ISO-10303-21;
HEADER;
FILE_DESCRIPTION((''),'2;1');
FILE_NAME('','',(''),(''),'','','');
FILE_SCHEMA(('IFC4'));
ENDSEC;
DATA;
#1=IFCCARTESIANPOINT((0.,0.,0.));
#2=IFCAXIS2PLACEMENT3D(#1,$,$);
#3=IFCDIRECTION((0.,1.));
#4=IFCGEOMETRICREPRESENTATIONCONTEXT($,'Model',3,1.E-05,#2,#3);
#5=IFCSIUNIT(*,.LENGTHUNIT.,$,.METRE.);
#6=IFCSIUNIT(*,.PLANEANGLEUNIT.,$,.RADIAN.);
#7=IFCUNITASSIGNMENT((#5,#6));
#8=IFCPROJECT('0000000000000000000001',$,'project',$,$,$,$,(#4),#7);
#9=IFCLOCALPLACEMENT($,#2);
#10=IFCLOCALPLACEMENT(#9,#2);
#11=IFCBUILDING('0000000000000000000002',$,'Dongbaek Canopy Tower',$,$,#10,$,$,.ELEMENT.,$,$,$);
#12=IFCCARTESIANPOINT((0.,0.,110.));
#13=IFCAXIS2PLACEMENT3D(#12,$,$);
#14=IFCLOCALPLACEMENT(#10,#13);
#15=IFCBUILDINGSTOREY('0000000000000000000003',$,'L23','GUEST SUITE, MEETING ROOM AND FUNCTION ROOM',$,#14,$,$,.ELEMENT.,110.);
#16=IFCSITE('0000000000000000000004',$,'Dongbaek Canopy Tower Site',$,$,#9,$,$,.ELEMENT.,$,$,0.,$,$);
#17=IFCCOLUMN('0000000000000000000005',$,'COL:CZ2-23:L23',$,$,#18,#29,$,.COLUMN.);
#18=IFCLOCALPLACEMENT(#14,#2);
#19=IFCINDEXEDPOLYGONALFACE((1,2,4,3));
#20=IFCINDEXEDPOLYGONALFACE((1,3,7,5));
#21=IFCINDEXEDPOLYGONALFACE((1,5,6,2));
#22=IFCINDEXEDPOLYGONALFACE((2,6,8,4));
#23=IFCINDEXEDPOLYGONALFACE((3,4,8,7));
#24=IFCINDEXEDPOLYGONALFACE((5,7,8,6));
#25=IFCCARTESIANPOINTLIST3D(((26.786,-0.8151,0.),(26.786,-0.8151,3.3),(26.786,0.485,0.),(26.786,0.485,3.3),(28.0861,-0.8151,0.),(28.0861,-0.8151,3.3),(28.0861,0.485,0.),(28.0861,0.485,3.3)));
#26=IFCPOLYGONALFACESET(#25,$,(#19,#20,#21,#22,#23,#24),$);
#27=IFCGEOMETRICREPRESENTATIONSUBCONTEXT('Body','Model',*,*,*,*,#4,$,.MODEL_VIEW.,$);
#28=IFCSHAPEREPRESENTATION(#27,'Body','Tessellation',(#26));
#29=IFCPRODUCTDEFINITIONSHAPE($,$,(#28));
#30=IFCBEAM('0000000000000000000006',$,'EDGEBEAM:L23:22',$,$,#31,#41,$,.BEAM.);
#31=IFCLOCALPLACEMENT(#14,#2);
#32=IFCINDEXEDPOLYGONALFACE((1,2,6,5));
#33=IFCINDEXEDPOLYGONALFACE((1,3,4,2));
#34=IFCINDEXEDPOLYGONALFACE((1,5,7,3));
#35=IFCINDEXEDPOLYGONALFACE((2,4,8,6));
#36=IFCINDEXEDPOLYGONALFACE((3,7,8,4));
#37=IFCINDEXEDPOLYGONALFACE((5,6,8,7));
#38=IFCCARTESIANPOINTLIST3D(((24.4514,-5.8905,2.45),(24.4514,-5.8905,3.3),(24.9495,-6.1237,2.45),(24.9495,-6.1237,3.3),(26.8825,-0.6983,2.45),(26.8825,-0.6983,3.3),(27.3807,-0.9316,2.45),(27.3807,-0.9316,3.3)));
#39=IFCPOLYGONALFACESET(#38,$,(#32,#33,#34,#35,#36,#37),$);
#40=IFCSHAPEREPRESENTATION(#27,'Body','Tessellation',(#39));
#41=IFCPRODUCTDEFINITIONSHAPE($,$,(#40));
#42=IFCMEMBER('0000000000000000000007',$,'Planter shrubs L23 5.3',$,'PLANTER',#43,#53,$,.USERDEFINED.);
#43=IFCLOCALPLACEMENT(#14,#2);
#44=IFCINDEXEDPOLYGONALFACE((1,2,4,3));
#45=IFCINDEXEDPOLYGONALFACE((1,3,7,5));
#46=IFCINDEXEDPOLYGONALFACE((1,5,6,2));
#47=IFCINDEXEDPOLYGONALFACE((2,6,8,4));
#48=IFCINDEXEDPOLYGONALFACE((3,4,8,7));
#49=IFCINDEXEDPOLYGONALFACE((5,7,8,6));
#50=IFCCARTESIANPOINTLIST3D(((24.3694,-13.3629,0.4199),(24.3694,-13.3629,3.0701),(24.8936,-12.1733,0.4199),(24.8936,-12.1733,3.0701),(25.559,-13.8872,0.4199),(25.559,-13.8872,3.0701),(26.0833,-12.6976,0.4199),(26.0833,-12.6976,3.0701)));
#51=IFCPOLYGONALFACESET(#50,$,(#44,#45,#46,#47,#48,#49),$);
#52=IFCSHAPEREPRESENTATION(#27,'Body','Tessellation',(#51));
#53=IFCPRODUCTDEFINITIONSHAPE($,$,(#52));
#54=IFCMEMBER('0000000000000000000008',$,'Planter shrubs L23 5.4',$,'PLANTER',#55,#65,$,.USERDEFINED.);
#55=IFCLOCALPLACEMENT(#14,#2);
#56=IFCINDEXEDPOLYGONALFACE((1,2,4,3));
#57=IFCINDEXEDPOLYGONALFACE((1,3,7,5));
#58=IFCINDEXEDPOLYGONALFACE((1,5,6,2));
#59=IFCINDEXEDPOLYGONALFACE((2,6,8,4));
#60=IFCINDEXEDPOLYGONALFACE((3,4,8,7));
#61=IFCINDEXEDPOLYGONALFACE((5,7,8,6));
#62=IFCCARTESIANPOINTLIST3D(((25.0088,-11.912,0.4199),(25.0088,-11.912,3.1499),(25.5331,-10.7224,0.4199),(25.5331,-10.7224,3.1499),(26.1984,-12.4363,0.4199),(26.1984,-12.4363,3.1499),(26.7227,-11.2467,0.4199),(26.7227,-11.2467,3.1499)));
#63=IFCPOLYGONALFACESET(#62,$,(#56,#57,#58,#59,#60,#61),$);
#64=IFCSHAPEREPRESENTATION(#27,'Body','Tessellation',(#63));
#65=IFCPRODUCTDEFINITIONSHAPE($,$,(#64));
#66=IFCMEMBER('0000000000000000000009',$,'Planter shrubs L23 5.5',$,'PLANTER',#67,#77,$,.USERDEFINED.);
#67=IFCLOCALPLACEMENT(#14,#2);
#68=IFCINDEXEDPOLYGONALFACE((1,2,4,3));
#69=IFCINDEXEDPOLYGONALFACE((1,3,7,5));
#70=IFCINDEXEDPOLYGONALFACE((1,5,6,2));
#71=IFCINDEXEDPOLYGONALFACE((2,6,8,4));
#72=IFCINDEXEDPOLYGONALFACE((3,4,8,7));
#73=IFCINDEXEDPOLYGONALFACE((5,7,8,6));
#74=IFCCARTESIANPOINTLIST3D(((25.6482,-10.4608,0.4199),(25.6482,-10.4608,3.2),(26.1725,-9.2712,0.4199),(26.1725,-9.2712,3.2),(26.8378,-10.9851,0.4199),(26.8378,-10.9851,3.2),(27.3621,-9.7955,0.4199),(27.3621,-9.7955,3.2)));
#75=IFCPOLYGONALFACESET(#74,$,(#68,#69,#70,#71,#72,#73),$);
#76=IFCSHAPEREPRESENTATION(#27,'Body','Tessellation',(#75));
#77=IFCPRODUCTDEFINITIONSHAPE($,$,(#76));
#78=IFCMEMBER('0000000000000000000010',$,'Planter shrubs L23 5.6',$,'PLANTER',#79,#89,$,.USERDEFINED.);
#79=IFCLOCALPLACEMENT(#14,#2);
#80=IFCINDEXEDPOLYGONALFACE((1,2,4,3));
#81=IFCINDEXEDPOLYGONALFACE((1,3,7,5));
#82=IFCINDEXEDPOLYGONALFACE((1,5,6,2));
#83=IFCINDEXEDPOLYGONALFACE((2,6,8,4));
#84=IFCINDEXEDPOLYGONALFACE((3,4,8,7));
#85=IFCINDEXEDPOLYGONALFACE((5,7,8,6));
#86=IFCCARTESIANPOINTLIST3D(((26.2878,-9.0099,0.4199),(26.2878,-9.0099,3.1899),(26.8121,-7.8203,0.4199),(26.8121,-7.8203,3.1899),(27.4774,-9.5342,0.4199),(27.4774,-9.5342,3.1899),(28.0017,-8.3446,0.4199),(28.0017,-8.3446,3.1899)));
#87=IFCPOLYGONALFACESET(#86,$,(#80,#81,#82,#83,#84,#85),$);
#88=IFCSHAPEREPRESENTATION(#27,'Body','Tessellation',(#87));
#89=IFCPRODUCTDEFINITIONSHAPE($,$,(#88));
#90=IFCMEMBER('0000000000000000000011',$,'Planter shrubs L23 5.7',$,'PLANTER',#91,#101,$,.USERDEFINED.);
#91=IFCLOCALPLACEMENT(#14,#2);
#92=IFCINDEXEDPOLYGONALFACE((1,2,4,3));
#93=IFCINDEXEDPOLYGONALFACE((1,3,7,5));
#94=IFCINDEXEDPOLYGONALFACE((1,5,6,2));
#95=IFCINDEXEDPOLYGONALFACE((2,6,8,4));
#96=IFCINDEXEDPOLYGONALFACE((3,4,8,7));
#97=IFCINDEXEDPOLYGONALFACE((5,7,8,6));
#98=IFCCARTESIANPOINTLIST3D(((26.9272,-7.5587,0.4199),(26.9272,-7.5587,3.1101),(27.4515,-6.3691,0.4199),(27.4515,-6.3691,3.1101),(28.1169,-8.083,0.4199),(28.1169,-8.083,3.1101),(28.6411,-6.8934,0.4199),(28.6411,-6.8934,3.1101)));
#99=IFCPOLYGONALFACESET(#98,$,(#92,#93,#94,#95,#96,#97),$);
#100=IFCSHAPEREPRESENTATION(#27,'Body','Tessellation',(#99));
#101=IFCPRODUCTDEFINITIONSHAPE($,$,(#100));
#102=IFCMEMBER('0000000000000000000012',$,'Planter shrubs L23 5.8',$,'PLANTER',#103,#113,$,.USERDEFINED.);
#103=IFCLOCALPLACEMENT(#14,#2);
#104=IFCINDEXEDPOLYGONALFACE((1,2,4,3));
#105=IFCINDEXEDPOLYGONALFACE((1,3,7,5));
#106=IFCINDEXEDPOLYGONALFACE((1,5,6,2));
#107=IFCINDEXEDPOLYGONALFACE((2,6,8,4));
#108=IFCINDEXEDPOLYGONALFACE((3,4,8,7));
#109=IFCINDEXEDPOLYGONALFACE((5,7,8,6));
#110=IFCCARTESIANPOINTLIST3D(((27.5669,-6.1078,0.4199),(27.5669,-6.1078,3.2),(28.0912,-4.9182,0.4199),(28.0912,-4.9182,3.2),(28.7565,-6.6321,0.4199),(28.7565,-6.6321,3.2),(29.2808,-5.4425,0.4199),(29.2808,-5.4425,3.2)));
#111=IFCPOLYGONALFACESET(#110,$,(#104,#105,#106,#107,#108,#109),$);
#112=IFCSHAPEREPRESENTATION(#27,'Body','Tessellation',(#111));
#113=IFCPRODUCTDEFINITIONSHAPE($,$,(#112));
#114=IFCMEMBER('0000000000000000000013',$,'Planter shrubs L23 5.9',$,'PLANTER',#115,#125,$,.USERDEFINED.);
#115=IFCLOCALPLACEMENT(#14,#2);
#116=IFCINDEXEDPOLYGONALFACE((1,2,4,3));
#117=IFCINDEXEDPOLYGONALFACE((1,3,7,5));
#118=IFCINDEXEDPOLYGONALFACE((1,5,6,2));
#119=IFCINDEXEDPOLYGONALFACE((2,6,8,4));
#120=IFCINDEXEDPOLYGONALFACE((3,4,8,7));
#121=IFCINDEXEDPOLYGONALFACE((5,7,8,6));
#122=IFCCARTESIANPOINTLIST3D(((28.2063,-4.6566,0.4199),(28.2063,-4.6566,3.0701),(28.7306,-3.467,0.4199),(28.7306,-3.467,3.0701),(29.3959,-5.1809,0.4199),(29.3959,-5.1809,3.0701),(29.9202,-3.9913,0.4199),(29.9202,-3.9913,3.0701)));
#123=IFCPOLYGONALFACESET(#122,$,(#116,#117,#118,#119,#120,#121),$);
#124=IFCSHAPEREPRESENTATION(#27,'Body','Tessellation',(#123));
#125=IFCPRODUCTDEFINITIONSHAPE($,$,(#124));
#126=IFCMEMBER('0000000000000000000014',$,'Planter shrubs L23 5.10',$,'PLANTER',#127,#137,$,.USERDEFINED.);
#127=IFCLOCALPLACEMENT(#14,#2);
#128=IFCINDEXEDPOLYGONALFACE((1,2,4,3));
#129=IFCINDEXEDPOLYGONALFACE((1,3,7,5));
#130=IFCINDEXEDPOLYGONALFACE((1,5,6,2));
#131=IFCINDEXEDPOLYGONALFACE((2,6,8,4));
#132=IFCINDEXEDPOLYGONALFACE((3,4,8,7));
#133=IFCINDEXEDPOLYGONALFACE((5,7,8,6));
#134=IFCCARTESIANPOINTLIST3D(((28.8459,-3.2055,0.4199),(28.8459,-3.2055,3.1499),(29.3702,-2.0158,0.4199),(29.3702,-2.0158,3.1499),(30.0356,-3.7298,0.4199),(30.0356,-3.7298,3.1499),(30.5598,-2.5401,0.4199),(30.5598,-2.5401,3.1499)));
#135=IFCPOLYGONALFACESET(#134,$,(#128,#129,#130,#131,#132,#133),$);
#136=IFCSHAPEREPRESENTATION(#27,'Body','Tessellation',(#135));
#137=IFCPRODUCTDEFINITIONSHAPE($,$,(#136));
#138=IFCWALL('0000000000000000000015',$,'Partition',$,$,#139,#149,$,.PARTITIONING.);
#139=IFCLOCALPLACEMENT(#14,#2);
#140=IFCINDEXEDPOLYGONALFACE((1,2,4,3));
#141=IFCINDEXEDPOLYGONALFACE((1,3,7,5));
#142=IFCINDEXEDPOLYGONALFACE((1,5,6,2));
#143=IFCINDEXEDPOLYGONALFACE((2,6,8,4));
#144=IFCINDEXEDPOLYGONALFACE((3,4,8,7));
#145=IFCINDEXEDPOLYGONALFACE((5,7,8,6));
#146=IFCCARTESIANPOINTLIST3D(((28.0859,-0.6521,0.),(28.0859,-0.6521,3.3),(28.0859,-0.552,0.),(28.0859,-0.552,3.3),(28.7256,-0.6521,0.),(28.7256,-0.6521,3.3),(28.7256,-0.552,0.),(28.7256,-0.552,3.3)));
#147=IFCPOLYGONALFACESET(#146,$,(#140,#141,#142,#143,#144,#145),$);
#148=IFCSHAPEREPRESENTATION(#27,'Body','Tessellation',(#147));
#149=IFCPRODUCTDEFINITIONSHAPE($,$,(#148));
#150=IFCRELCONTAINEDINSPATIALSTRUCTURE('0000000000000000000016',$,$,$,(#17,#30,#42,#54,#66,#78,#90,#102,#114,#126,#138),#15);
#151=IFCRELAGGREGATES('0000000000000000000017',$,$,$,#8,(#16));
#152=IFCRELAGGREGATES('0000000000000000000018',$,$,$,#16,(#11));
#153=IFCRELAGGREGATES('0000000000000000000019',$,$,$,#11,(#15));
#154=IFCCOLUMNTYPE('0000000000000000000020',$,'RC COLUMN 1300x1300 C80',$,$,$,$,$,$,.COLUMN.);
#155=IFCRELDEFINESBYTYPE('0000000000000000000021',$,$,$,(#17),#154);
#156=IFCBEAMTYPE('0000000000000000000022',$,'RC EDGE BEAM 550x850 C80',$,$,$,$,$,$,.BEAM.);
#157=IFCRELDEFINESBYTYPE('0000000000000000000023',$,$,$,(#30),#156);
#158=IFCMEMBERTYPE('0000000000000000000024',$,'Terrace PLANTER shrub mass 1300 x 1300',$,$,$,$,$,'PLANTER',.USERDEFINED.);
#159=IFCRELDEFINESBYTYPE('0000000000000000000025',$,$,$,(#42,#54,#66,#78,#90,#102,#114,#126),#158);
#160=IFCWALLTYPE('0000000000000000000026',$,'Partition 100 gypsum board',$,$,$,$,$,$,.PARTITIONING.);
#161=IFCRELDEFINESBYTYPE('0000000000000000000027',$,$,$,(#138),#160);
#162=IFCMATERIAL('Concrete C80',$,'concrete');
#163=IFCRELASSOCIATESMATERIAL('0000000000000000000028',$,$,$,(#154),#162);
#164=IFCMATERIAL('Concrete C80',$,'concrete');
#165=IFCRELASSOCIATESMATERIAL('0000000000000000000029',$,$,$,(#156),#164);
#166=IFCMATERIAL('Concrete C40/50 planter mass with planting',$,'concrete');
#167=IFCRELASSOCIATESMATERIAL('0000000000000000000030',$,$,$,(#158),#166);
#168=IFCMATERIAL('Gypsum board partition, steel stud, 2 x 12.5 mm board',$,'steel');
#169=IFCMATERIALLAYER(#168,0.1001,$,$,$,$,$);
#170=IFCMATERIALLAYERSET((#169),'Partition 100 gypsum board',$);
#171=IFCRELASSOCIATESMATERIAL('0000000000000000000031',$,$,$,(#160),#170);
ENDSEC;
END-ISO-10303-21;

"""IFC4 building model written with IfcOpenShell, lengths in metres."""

from ifc_helpers import new_model, si_unit, direction, frame, frame_2d, origin, origin_2d, place, context, subcontext, project, spatial, rectangle, extrude, material, layer, layer_set, material_profile, profile_set, type_object, element, save


model = new_model("IFC4")

# Units and contexts
model_context = context("Model", 3, precision=1e-05, world=origin(), true_north=direction((0.0, 1.0)))
body_context = subcontext(model_context, "Body", "Model", "MODEL_VIEW")
ifc_project = project(units=[si_unit("LENGTHUNIT", "METRE"), si_unit("PLANEANGLEUNIT", "RADIAN")], contexts=[model_context])

# Site, building, storey
site_placement = place(None, origin())
site = spatial("IfcSite", under=ifc_project, at=site_placement, Name="Dongbaek Canopy Tower Site", CompositionType="ELEMENT", RefElevation=0.0)
building_placement = place(site_placement, origin())
building = spatial("IfcBuilding", under=site, at=building_placement, Name="Dongbaek Canopy Tower", CompositionType="ELEMENT")
storey_placement = place(building_placement, frame((0.0, 0.0, 110.0)))
storey = spatial("IfcBuildingStorey", under=building, at=storey_placement, Name="L23", Description="GUEST SUITE, MEETING ROOM AND FUNCTION ROOM", CompositionType="ELEMENT", Elevation=110.0)

# Column
ifc_material_1 = material(Name="Concrete C80", Category="concrete")
ifc_material_profile_1 = material_profile(ifc_material_1, rectangle(XDim=1.3, YDim=1.3, at=origin_2d()), Name="RC COLUMN 1300x1300 C80")
ifc_profile_set_1 = profile_set([ifc_material_profile_1], Name="Concrete C80")
column_type = type_object("IfcColumnType", Name="RC COLUMN 1300x1300 C80", PredefinedType="COLUMN", material=ifc_profile_set_1)
column_placement = place(storey_placement, frame((27.436, -0.165, 0.0), z_axis=(0.0, 0.0, 1.0), x_axis=(1.0, 0.0, 0.0)))
element("IfcColumn", 1, at=column_placement, inside=storey, type_object=column_type, Name="COL:CZ2-23:L23", PredefinedType="COLUMN", context=body_context, shape_type="SweptSolid", body=[
    extrude(rectangle(XDim=1.3, YDim=1.3, at=origin_2d()), origin(), (0.0, 0.0, 1.0), 3.3),
])

# Beam
ifc_material_2 = material(Name="Concrete C80", Category="concrete")
ifc_material_profile_2 = material_profile(ifc_material_2, rectangle(XDim=0.55, YDim=0.8501, at=origin_2d()), Name="RC EDGE BEAM 550x850 C80")
ifc_profile_set_2 = profile_set([ifc_material_profile_2], Name="Concrete C80")
beam_type = type_object("IfcBeamType", Name="RC EDGE BEAM 550x850 C80", PredefinedType="BEAM", material=ifc_profile_set_2)
beam_placement = place(storey_placement, frame((27.1316, -0.8149, 2.875), z_axis=(-0.424053, -0.905637, 0.0), x_axis=(0.905637, -0.424053, 0.0)))
element("IfcBeam", 2, at=beam_placement, inside=storey, type_object=beam_type, Name="EDGEBEAM:L23:22", PredefinedType="BEAM", context=body_context, shape_type="SweptSolid", body=[
    extrude(rectangle(XDim=0.55, YDim=0.8501, at=origin_2d()), origin(), (0.0, 0.0, 1.0), 5.7332),
])

# Members
ifc_material_3 = material(Name="Concrete C40/50 planter mass with planting", Category="concrete")
ifc_material_profile_3 = material_profile(ifc_material_3, rectangle(XDim=1.3, YDim=1.3, at=origin_2d()), Name="Terrace PLANTER shrub mass 1300 x 1300")
ifc_profile_set_3 = profile_set([ifc_material_profile_3], Name="Concrete C40/50 planter mass with planting")
member_type = type_object("IfcMemberType", Name="Terrace PLANTER shrub mass 1300 x 1300", ElementType="PLANTER", PredefinedType="USERDEFINED", material=ifc_profile_set_3)
member_1_placement = place(storey_placement, frame((25.2263, -13.0303, 0.4199), z_axis=(0.0, 0.0, 1.0), x_axis=(0.915073, -0.403289, 0.0)))
element("IfcMember", 3, at=member_1_placement, inside=storey, type_object=member_type, Name="Planter shrubs L23 5.3", ObjectType="PLANTER", PredefinedType="USERDEFINED", context=body_context, shape_type="SweptSolid", body=[
    extrude(rectangle(XDim=1.3, YDim=1.3, at=origin_2d()), origin(), (0.0, 0.0, 1.0), 2.6501),
])
member_2_placement = place(storey_placement, frame((25.8657, -11.5793, 0.4199), z_axis=(0.0, 0.0, 1.0), x_axis=(0.915073, -0.403289, 0.0)))
element("IfcMember", 4, at=member_2_placement, inside=storey, type_object=member_type, Name="Planter shrubs L23 5.4", ObjectType="PLANTER", PredefinedType="USERDEFINED", context=body_context, shape_type="SweptSolid", body=[
    extrude(rectangle(XDim=1.3, YDim=1.3, at=origin_2d()), origin(), (0.0, 0.0, 1.0), 2.73),
])
member_3_placement = place(storey_placement, frame((26.5051, -10.1282, 0.4199), z_axis=(0.0, 0.0, 1.0), x_axis=(0.915073, -0.403289, 0.0)))
element("IfcMember", 5, at=member_3_placement, inside=storey, type_object=member_type, Name="Planter shrubs L23 5.5", ObjectType="PLANTER", PredefinedType="USERDEFINED", context=body_context, shape_type="SweptSolid", body=[
    extrude(rectangle(XDim=1.3, YDim=1.3, at=origin_2d()), origin(), (0.0, 0.0, 1.0), 2.78),
])
member_4_placement = place(storey_placement, frame((27.1448, -8.6772, 0.4199), z_axis=(0.0, 0.0, 1.0), x_axis=(0.915073, -0.403289, 0.0)))
element("IfcMember", 6, at=member_4_placement, inside=storey, type_object=member_type, Name="Planter shrubs L23 5.6", ObjectType="PLANTER", PredefinedType="USERDEFINED", context=body_context, shape_type="SweptSolid", body=[
    extrude(rectangle(XDim=1.3, YDim=1.3, at=origin_2d()), origin(), (0.0, 0.0, 1.0), 2.77),
])
member_5_placement = place(storey_placement, frame((27.7842, -7.2261, 0.4199), z_axis=(0.0, 0.0, 1.0), x_axis=(0.915073, -0.403289, 0.0)))
element("IfcMember", 7, at=member_5_placement, inside=storey, type_object=member_type, Name="Planter shrubs L23 5.7", ObjectType="PLANTER", PredefinedType="USERDEFINED", context=body_context, shape_type="SweptSolid", body=[
    extrude(rectangle(XDim=1.3, YDim=1.3, at=origin_2d()), origin(), (0.0, 0.0, 1.0), 2.6902),
])
member_6_placement = place(storey_placement, frame((28.4238, -5.7751, 0.4199), z_axis=(0.0, 0.0, 1.0), x_axis=(0.915073, -0.403289, 0.0)))
element("IfcMember", 8, at=member_6_placement, inside=storey, type_object=member_type, Name="Planter shrubs L23 5.8", ObjectType="PLANTER", PredefinedType="USERDEFINED", context=body_context, shape_type="SweptSolid", body=[
    extrude(rectangle(XDim=1.3, YDim=1.3, at=origin_2d()), origin(), (0.0, 0.0, 1.0), 2.78),
])
member_7_placement = place(storey_placement, frame((29.0632, -4.324, 0.4199), z_axis=(0.0, 0.0, 1.0), x_axis=(0.915073, -0.403289, 0.0)))
element("IfcMember", 9, at=member_7_placement, inside=storey, type_object=member_type, Name="Planter shrubs L23 5.9", ObjectType="PLANTER", PredefinedType="USERDEFINED", context=body_context, shape_type="SweptSolid", body=[
    extrude(rectangle(XDim=1.3, YDim=1.3, at=origin_2d()), origin(), (0.0, 0.0, 1.0), 2.6501),
])
member_8_placement = place(storey_placement, frame((29.7029, -2.8728, 0.4199), z_axis=(0.0, 0.0, 1.0), x_axis=(0.915073, -0.403289, 0.0)))
element("IfcMember", 10, at=member_8_placement, inside=storey, type_object=member_type, Name="Planter shrubs L23 5.10", ObjectType="PLANTER", PredefinedType="USERDEFINED", context=body_context, shape_type="SweptSolid", body=[
    extrude(rectangle(XDim=1.3, YDim=1.3, at=origin_2d()), origin(), (0.0, 0.0, 1.0), 2.73),
])

# Wall
ifc_material_4 = material(Name="Gypsum board partition, steel stud, 2 x 12.5 mm board", Category="steel")
ifc_layer_1 = layer(ifc_material_4, 0.1001)
ifc_layer_set_1 = layer_set([ifc_layer_1], Name="Partition 100 gypsum board")
wall_type_1 = type_object("IfcWallType", Name="Partition 100 gypsum board", PredefinedType="PARTITIONING", material=ifc_layer_set_1)
wall_1_placement = place(storey_placement, frame((28.0859, -0.6021, 0.0), z_axis=(0.0, 0.0, 1.0), x_axis=(1.0, 0.0, 0.0)))
element("IfcWall", 11, at=wall_1_placement, inside=storey, type_object=wall_type_1, Name="Partition", PredefinedType="PARTITIONING", context=body_context, shape_type="SweptSolid", body=[
    extrude(rectangle(XDim=0.6396, YDim=0.1001, at=frame_2d((0.3198, 0.0))), origin(), (0.0, 0.0, 1.0), 3.3),
])

save(model, "model.ifc")
